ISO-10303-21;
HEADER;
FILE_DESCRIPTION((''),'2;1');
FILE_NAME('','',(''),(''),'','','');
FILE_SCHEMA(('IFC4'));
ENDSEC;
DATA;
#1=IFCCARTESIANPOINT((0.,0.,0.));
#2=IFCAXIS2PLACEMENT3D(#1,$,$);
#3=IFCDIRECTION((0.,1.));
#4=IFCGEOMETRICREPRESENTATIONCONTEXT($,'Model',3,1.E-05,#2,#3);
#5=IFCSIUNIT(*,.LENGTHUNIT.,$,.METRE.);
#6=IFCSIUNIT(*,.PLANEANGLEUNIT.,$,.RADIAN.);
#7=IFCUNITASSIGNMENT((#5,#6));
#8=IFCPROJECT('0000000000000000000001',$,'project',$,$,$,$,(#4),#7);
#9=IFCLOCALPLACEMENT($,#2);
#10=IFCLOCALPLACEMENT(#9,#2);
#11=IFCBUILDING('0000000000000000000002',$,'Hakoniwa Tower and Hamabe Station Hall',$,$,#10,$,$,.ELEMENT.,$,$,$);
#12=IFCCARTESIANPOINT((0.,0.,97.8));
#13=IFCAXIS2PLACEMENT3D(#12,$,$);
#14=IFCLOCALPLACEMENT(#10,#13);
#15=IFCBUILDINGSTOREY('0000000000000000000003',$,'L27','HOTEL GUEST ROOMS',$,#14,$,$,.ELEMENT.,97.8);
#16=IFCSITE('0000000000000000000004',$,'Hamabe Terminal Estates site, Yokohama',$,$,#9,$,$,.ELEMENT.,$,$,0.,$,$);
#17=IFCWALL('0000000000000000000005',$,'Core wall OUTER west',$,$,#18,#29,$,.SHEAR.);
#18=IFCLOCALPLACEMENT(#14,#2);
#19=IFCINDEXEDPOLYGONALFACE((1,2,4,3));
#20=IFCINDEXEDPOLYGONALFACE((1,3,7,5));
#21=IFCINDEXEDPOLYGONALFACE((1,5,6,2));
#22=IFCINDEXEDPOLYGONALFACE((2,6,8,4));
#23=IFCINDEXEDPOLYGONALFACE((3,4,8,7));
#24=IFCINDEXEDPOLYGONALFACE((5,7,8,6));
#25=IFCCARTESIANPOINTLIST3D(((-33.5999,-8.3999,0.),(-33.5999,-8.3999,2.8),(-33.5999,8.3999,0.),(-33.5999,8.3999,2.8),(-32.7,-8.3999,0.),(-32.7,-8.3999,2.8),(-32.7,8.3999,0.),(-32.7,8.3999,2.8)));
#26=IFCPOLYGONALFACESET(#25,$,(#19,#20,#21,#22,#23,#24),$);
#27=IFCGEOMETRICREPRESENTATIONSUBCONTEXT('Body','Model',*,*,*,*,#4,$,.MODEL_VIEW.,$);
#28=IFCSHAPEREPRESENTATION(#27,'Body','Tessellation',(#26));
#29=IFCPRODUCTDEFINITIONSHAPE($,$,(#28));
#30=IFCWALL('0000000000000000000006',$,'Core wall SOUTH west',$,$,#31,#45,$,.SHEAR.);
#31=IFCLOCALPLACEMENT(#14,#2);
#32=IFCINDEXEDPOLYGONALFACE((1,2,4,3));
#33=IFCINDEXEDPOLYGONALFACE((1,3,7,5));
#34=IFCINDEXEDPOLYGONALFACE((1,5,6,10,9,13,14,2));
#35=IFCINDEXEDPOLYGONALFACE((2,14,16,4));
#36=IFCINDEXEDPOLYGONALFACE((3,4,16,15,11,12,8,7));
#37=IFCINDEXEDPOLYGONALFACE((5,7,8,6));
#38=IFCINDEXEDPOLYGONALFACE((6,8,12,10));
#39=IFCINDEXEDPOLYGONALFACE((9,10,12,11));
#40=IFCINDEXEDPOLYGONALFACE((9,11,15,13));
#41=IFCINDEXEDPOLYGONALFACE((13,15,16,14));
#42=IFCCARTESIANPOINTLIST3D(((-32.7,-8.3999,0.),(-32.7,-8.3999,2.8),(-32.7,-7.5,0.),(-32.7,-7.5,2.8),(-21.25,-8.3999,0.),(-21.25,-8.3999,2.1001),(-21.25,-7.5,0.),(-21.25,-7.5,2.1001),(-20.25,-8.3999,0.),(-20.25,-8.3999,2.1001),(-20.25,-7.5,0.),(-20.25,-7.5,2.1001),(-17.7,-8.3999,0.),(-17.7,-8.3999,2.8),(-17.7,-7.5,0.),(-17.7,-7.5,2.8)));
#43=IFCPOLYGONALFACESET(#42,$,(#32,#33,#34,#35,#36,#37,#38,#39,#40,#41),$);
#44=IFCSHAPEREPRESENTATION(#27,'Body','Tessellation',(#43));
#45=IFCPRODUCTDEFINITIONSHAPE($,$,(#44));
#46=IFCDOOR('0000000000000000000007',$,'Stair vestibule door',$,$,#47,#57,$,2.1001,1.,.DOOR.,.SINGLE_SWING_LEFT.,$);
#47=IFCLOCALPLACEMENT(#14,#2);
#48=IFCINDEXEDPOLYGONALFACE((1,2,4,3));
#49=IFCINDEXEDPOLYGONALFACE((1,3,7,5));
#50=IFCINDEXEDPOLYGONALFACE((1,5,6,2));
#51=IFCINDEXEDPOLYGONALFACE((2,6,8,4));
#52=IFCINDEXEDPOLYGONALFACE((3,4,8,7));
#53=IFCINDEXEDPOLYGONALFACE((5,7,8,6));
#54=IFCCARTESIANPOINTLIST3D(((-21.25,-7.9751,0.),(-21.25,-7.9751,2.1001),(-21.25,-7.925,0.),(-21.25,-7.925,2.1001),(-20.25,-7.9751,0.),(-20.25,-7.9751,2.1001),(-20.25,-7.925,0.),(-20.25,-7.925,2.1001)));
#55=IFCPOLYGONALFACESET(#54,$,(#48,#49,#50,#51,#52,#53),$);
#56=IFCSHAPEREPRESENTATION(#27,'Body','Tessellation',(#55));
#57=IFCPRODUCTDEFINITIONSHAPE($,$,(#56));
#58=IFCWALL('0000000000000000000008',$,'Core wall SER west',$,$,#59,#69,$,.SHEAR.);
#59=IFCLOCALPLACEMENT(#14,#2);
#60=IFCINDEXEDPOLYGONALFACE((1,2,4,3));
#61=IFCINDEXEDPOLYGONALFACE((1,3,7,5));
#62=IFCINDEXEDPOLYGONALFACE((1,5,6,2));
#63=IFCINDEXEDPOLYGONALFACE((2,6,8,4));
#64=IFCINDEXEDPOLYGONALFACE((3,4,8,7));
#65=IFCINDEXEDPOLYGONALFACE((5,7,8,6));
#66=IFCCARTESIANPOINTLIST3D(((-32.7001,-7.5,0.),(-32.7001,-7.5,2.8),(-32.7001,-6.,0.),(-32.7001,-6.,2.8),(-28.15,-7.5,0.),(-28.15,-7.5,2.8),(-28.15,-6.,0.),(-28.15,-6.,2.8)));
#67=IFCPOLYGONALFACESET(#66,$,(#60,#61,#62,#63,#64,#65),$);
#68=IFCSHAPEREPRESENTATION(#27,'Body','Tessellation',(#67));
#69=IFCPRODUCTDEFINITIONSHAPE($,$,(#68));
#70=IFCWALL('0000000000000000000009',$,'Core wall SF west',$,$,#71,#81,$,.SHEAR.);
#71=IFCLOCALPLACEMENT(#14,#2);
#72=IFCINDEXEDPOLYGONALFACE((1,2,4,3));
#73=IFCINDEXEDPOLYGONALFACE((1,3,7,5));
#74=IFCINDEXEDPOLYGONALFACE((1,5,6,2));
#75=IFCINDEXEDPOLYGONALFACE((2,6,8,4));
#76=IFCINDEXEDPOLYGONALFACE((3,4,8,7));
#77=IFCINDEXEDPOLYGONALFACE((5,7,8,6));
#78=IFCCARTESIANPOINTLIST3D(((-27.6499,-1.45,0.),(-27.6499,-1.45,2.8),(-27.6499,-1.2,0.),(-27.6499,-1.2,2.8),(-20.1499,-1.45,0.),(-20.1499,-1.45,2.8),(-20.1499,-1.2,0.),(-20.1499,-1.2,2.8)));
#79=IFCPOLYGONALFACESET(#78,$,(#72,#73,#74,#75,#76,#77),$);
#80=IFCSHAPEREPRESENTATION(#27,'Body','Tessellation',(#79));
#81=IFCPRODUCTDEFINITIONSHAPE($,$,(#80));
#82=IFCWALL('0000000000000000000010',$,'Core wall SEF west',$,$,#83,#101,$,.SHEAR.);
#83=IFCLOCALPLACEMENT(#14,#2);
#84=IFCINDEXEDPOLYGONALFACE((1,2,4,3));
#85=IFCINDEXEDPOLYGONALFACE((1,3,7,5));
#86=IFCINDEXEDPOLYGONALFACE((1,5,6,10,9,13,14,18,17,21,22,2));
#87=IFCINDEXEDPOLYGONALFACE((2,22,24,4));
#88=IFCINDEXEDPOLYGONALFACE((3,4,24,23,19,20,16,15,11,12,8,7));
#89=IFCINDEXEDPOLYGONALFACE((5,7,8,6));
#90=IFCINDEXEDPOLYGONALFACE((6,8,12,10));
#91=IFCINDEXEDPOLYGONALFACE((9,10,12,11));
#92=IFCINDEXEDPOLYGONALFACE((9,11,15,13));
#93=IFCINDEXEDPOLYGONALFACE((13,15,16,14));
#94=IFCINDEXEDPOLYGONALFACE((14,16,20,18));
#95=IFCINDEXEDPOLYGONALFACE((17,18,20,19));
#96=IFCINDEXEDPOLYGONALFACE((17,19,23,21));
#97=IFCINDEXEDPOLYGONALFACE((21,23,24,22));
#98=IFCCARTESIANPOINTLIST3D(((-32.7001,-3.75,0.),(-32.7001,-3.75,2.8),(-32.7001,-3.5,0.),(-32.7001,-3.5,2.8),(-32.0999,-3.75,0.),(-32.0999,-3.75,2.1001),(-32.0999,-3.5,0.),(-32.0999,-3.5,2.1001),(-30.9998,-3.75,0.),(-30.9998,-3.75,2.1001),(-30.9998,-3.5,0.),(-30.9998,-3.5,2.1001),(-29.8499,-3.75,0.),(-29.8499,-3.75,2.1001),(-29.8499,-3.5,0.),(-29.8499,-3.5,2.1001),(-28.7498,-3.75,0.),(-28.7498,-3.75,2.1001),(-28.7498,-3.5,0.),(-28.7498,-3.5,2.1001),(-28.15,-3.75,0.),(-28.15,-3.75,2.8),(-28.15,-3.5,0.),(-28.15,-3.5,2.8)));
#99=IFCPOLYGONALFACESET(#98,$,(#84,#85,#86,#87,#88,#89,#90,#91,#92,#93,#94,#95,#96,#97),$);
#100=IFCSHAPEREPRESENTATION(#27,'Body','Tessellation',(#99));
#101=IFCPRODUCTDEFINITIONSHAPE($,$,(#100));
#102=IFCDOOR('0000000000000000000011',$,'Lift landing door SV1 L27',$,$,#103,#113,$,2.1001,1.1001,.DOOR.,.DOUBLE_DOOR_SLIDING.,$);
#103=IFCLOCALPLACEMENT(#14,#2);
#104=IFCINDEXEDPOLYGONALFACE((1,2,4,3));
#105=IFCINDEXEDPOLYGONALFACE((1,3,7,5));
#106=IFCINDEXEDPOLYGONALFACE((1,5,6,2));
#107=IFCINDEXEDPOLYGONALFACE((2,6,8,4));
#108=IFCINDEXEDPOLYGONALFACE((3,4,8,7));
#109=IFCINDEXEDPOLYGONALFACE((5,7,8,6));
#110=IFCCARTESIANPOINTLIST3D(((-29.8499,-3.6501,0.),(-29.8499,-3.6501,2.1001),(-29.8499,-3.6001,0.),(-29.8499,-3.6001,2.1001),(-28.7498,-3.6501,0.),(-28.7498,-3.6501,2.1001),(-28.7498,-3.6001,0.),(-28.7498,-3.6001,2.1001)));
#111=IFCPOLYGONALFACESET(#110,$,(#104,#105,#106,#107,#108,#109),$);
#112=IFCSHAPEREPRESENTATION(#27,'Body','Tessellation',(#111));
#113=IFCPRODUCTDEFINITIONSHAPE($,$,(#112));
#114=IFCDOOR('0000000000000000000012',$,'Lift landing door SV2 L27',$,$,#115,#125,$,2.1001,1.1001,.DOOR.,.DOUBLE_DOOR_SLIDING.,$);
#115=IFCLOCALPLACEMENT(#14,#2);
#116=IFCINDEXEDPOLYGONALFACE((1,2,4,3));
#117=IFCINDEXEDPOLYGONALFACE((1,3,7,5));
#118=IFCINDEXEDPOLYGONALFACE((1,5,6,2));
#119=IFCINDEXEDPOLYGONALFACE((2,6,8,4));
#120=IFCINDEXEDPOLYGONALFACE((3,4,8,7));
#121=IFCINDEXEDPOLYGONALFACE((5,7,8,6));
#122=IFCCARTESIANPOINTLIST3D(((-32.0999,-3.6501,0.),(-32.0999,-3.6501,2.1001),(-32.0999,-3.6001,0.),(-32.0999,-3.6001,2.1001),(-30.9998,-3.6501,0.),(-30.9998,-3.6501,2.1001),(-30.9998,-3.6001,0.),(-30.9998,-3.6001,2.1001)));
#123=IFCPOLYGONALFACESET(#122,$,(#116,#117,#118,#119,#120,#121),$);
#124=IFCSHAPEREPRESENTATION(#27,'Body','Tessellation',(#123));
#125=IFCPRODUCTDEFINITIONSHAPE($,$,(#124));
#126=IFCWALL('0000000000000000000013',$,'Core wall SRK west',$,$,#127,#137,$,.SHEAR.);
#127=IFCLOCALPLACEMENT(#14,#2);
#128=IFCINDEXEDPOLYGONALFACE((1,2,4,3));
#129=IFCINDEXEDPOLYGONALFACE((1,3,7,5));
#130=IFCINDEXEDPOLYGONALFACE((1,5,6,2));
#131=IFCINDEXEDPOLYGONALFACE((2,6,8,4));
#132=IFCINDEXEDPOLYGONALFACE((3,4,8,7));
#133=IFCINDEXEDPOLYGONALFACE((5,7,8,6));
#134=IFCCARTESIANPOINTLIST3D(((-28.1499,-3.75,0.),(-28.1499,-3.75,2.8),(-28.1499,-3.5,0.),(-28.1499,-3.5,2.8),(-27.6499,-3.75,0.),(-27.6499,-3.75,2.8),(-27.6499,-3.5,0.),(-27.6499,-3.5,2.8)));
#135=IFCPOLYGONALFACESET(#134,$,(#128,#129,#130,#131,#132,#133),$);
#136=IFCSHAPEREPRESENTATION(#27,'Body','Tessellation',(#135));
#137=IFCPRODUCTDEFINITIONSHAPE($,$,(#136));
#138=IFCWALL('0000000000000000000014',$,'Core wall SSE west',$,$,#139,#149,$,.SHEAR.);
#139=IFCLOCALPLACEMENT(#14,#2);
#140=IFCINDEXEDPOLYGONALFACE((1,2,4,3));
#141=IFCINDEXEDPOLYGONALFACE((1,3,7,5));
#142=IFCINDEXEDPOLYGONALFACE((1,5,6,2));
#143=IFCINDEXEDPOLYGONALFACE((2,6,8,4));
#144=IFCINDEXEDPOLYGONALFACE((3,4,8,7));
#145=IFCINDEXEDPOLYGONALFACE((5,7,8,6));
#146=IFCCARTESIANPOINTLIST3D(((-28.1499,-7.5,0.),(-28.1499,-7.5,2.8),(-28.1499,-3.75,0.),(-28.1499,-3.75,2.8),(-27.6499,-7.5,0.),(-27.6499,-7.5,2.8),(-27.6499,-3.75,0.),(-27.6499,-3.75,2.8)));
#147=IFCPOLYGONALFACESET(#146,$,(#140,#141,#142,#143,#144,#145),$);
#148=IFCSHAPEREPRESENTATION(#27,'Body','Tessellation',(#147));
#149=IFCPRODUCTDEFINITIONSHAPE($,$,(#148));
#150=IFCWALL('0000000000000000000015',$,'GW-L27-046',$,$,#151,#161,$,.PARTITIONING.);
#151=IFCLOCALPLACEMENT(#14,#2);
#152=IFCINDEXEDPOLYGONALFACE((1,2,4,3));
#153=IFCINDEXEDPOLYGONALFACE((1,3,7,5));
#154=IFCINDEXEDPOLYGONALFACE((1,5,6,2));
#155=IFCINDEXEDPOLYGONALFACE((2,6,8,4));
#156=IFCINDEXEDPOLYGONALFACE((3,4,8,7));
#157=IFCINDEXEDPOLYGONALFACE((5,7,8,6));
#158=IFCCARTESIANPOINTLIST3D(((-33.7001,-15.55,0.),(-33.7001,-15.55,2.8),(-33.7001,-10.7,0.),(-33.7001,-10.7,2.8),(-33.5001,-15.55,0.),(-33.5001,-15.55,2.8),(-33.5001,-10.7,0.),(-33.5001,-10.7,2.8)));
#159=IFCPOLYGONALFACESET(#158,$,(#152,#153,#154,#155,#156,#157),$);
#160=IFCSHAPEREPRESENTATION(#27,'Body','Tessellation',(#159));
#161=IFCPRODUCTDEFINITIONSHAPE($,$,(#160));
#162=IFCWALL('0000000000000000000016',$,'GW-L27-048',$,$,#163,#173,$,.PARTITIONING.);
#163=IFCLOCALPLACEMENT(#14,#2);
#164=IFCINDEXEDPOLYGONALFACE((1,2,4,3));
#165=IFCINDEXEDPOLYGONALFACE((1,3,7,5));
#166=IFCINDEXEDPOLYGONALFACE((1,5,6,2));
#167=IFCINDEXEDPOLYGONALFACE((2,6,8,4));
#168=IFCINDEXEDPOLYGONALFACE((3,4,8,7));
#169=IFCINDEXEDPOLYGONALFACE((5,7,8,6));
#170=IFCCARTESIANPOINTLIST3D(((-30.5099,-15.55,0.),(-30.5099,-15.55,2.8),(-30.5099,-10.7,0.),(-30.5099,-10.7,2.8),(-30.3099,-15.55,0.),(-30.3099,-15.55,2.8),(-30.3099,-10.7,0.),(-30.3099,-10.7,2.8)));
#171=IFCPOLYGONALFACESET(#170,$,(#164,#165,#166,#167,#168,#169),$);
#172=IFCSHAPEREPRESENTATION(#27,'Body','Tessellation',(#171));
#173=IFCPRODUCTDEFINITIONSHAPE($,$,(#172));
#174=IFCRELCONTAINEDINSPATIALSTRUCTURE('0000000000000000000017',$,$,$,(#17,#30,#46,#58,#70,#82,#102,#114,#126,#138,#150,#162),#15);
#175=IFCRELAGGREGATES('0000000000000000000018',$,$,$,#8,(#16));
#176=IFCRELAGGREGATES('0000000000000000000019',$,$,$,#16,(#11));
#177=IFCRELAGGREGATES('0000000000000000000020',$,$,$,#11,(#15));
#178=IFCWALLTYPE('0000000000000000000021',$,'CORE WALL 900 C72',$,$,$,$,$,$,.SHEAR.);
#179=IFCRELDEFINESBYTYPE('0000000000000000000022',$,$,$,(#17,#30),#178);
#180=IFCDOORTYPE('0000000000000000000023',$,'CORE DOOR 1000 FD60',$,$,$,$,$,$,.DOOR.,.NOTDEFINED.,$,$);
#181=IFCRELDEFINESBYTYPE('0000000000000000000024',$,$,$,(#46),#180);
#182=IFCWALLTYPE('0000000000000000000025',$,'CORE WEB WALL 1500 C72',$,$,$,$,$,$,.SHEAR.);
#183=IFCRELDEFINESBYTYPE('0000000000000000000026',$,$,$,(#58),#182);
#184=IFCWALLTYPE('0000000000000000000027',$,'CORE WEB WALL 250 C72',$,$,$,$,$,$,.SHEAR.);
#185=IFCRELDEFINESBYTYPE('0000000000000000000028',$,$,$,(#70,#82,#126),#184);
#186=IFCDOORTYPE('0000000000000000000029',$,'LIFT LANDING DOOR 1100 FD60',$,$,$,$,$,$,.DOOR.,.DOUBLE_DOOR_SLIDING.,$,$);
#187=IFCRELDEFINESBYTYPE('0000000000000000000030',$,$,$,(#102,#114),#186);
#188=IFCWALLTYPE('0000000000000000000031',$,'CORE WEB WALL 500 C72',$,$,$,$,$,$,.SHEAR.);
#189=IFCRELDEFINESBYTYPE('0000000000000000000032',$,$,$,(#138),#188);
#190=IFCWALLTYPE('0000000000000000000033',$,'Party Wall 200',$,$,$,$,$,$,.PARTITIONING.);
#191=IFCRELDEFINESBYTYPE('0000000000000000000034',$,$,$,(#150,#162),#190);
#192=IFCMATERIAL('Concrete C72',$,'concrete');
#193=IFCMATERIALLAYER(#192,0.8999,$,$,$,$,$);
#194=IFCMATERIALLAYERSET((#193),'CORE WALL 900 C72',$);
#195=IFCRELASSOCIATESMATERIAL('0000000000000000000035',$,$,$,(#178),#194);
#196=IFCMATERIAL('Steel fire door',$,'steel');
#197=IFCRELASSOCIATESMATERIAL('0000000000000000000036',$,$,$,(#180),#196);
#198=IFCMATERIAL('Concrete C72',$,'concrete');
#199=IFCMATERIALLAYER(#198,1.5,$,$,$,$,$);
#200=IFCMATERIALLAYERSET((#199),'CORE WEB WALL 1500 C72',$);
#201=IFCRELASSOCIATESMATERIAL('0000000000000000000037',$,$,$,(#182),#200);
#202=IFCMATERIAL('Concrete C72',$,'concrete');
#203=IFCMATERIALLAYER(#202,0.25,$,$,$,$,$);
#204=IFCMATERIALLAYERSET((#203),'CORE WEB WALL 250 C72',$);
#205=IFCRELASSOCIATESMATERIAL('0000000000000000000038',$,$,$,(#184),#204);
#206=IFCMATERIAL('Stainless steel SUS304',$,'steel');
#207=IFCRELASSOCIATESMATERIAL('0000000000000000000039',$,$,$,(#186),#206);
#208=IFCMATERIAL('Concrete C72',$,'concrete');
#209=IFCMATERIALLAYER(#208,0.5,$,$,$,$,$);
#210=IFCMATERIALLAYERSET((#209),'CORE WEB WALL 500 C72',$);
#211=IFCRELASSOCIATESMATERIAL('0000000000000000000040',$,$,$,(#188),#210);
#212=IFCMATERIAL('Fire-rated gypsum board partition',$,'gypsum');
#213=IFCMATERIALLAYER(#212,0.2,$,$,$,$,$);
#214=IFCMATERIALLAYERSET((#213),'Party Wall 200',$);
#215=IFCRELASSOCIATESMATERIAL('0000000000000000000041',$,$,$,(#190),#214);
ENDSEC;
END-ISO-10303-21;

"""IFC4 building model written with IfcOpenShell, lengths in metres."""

from ifc_helpers import new_model, si_unit, direction, frame, frame_2d, origin, place, context, subcontext, project, spatial, rectangle, extrude, material, layer, layer_set, type_object, element, fill, save


model = new_model("IFC4")

# Units and contexts
model_context = context("Model", 3, precision=1e-05, world=origin(), true_north=direction((0.0, 1.0)))
body_context = subcontext(model_context, "Body", "Model", "MODEL_VIEW")
ifc_project = project(units=[si_unit("LENGTHUNIT", "METRE"), si_unit("PLANEANGLEUNIT", "RADIAN")], contexts=[model_context])

# Site, building, storey
site_placement = place(None, origin())
site = spatial("IfcSite", under=ifc_project, at=site_placement, Name="Hamabe Terminal Estates site, Yokohama", CompositionType="ELEMENT", RefElevation=0.0)
building_placement = place(site_placement, origin())
building = spatial("IfcBuilding", under=site, at=building_placement, Name="Hakoniwa Tower and Hamabe Station Hall", CompositionType="ELEMENT")
storey_placement = place(building_placement, frame((0.0, 0.0, 97.8)))
storey = spatial("IfcBuildingStorey", under=building, at=storey_placement, Name="L27", Description="HOTEL GUEST ROOMS", CompositionType="ELEMENT", Elevation=97.8)

# Wall
ifc_material_1 = material(Name="Concrete C72", Category="concrete")
ifc_layer_1 = layer(ifc_material_1, 0.8999)
ifc_layer_set_1 = layer_set([ifc_layer_1], Name="CORE WALL 900 C72")
wall_type_1 = type_object("IfcWallType", Name="CORE WALL 900 C72", PredefinedType="SHEAR", material=ifc_layer_set_1)
wall_1_placement = place(storey_placement, frame((-33.1499, -8.3999, 0.0), z_axis=(0.0, 0.0, 1.0), x_axis=(0.0, 1.0, 0.0)))
element("IfcWall", 1, at=wall_1_placement, inside=storey, type_object=wall_type_1, Name="Core wall OUTER west", PredefinedType="SHEAR", context=body_context, shape_type="SweptSolid", body=[
    extrude(rectangle(XDim=16.7998, YDim=0.8999, at=frame_2d((8.3999, 0.0))), origin(), (0.0, 0.0, 1.0), 2.8),
])

# Wall, opening, door
wall_2_placement = place(storey_placement, frame((-32.7, -7.95, 0.0), z_axis=(0.0, 0.0, 1.0), x_axis=(1.0, 0.0, 0.0)))
wall_2 = element("IfcWall", 2, at=wall_2_placement, inside=storey, type_object=wall_type_1, Name="Core wall SOUTH west", PredefinedType="SHEAR", context=body_context, shape_type="SweptSolid", body=[
    extrude(rectangle(XDim=15.0, YDim=0.8999, at=frame_2d((7.5, 0.0))), origin(), (0.0, 0.0, 1.0), 2.8),
])
opening_1_placement = place(wall_2_placement, frame((11.45, 0.0, 0.0)))
opening_1 = element("IfcOpeningElement", 3, at=opening_1_placement, cuts=wall_2, PredefinedType="OPENING", context=body_context, shape_type="SweptSolid", body=[
    extrude(rectangle(XDim=1.0, YDim=2.1001, at=frame_2d((0.5, 1.05))), frame((0.0, 0.46, 0.0), z_axis=(0.0, -1.0, 0.0), x_axis=(1.0, 0.0, 0.0)), (0.0, 0.0, 1.0), 0.9199),
])
ifc_material_2 = material(Name="Steel fire door", Category="steel")
door_type_1 = type_object("IfcDoorType", Name="CORE DOOR 1000 FD60", OperationType="NOTDEFINED", PredefinedType="DOOR", material=ifc_material_2)
door_1_placement = place(opening_1_placement, origin())
door_1 = element("IfcDoor", 4, at=door_1_placement, inside=storey, type_object=door_type_1, Name="Stair vestibule door", OperationType="SINGLE_SWING_LEFT", OverallHeight=2.1001, OverallWidth=1.0, PredefinedType="DOOR", context=body_context, shape_type="SweptSolid", body=[
    extrude(rectangle(XDim=1.0, YDim=2.1001, at=frame_2d((0.5, 1.05))), frame((0.0, 0.0249, 0.0), z_axis=(0.0, -1.0, 0.0), x_axis=(1.0, 0.0, 0.0)), (0.0, 0.0, 1.0), 0.05),
])
fill(opening_1, door_1)

# Walls
ifc_material_3 = material(Name="Concrete C72", Category="concrete")
ifc_layer_2 = layer(ifc_material_3, 1.5)
ifc_layer_set_2 = layer_set([ifc_layer_2], Name="CORE WEB WALL 1500 C72")
wall_type_2 = type_object("IfcWallType", Name="CORE WEB WALL 1500 C72", PredefinedType="SHEAR", material=ifc_layer_set_2)
wall_3_placement = place(storey_placement, frame((-32.7, -6.75, 0.0), z_axis=(0.0, 0.0, 1.0), x_axis=(1.0, 0.0, 0.0)))
element("IfcWall", 5, at=wall_3_placement, inside=storey, type_object=wall_type_2, Name="Core wall SER west", PredefinedType="SHEAR", context=body_context, shape_type="SweptSolid", body=[
    extrude(rectangle(XDim=4.55, YDim=1.5, at=frame_2d((2.2749, 0.0))), origin(), (0.0, 0.0, 1.0), 2.8),
])
ifc_material_4 = material(Name="Concrete C72", Category="concrete")
ifc_layer_3 = layer(ifc_material_4, 0.25)
ifc_layer_set_3 = layer_set([ifc_layer_3], Name="CORE WEB WALL 250 C72")
wall_type_3 = type_object("IfcWallType", Name="CORE WEB WALL 250 C72", PredefinedType="SHEAR", material=ifc_layer_set_3)
wall_4_placement = place(storey_placement, frame((-27.6499, -1.325, 0.0), z_axis=(0.0, 0.0, 1.0), x_axis=(1.0, 0.0, 0.0)))
element("IfcWall", 6, at=wall_4_placement, inside=storey, type_object=wall_type_3, Name="Core wall SF west", PredefinedType="SHEAR", context=body_context, shape_type="SweptSolid", body=[
    extrude(rectangle(XDim=7.5, YDim=0.25, at=frame_2d((3.75, 0.0))), origin(), (0.0, 0.0, 1.0), 2.8),
])

# Wall, openings, doors
wall_5_placement = place(storey_placement, frame((-32.7, -3.625, 0.0), z_axis=(0.0, 0.0, 1.0), x_axis=(1.0, 0.0, 0.0)))
wall_5 = element("IfcWall", 7, at=wall_5_placement, inside=storey, type_object=wall_type_3, Name="Core wall SEF west", PredefinedType="SHEAR", context=body_context, shape_type="SweptSolid", body=[
    extrude(rectangle(XDim=4.55, YDim=0.25, at=frame_2d((2.2749, 0.0))), origin(), (0.0, 0.0, 1.0), 2.8),
])
opening_2_placement = place(wall_5_placement, frame((2.8501, 0.0, 0.0)))
opening_2 = element("IfcOpeningElement", 8, at=opening_2_placement, cuts=wall_5, PredefinedType="OPENING", context=body_context, shape_type="SweptSolid", body=[
    extrude(rectangle(XDim=1.1001, YDim=2.1001, at=frame_2d((0.55, 1.05))), frame((0.0, 0.135, 0.0), z_axis=(0.0, -1.0, 0.0), x_axis=(1.0, 0.0, 0.0)), (0.0, 0.0, 1.0), 0.27),
])
opening_3_placement = place(wall_5_placement, frame((0.6001, 0.0, 0.0)))
opening_3 = element("IfcOpeningElement", 9, at=opening_3_placement, cuts=wall_5, PredefinedType="OPENING", context=body_context, shape_type="SweptSolid", body=[
    extrude(rectangle(XDim=1.1001, YDim=2.1001, at=frame_2d((0.55, 1.05))), frame((0.0, 0.135, 0.0), z_axis=(0.0, -1.0, 0.0), x_axis=(1.0, 0.0, 0.0)), (0.0, 0.0, 1.0), 0.27),
])
ifc_material_5 = material(Name="Stainless steel SUS304", Category="steel")
door_type_2 = type_object("IfcDoorType", Name="LIFT LANDING DOOR 1100 FD60", OperationType="DOUBLE_DOOR_SLIDING", PredefinedType="DOOR", material=ifc_material_5)
door_2_placement = place(opening_2_placement, origin())
door_2 = element("IfcDoor", 10, at=door_2_placement, inside=storey, type_object=door_type_2, Name="Lift landing door SV1 L27", OperationType="DOUBLE_DOOR_SLIDING", OverallHeight=2.1001, OverallWidth=1.1001, PredefinedType="DOOR", context=body_context, shape_type="SweptSolid", body=[
    extrude(rectangle(XDim=1.1001, YDim=2.1001, at=frame_2d((0.55, 1.05))), frame((0.0, 0.0249, 0.0), z_axis=(0.0, -1.0, 0.0), x_axis=(1.0, 0.0, 0.0)), (0.0, 0.0, 1.0), 0.05),
])
fill(opening_2, door_2)
door_3_placement = place(opening_3_placement, origin())
door_3 = element("IfcDoor", 11, at=door_3_placement, inside=storey, type_object=door_type_2, Name="Lift landing door SV2 L27", OperationType="DOUBLE_DOOR_SLIDING", OverallHeight=2.1001, OverallWidth=1.1001, PredefinedType="DOOR", context=body_context, shape_type="SweptSolid", body=[
    extrude(rectangle(XDim=1.1001, YDim=2.1001, at=frame_2d((0.55, 1.05))), frame((0.0, 0.0249, 0.0), z_axis=(0.0, -1.0, 0.0), x_axis=(1.0, 0.0, 0.0)), (0.0, 0.0, 1.0), 0.05),
])
fill(opening_3, door_3)

# Walls
wall_6_placement = place(storey_placement, frame((-28.1499, -3.625, 0.0), z_axis=(0.0, 0.0, 1.0), x_axis=(1.0, 0.0, 0.0)))
element("IfcWall", 12, at=wall_6_placement, inside=storey, type_object=wall_type_3, Name="Core wall SRK west", PredefinedType="SHEAR", context=body_context, shape_type="SweptSolid", body=[
    extrude(rectangle(XDim=0.5, YDim=0.25, at=frame_2d((0.25, 0.0))), origin(), (0.0, 0.0, 1.0), 2.8),
])
ifc_material_6 = material(Name="Concrete C72", Category="concrete")
ifc_layer_4 = layer(ifc_material_6, 0.5)
ifc_layer_set_4 = layer_set([ifc_layer_4], Name="CORE WEB WALL 500 C72")
wall_type_4 = type_object("IfcWallType", Name="CORE WEB WALL 500 C72", PredefinedType="SHEAR", material=ifc_layer_set_4)
wall_7_placement = place(storey_placement, frame((-27.8999, -7.5, 0.0), z_axis=(0.0, 0.0, 1.0), x_axis=(0.0, 1.0, 0.0)))
element("IfcWall", 13, at=wall_7_placement, inside=storey, type_object=wall_type_4, Name="Core wall SSE west", PredefinedType="SHEAR", context=body_context, shape_type="SweptSolid", body=[
    extrude(rectangle(XDim=3.75, YDim=0.5, at=frame_2d((1.875, 0.0))), origin(), (0.0, 0.0, 1.0), 2.8),
])
ifc_material_7 = material(Name="Fire-rated gypsum board partition", Category="gypsum")
ifc_layer_5 = layer(ifc_material_7, 0.2)
ifc_layer_set_5 = layer_set([ifc_layer_5], Name="Party Wall 200")
wall_type_5 = type_object("IfcWallType", Name="Party Wall 200", PredefinedType="PARTITIONING", material=ifc_layer_set_5)
for number, where, z_axis, x_axis, name in (
    (14, (-33.6001, -15.55, 0.0), (0.0, 0.0, 1.0), (0.0, 1.0, 0.0), "GW-L27-046"),
    (15, (-30.4099, -15.55, 0.0), (0.0, 0.0, 1.0), (0.0, 1.0, 0.0), "GW-L27-048"),
):
    element("IfcWall", number, at=place(storey_placement, frame(where, z_axis=z_axis, x_axis=x_axis)), inside=storey, type_object=wall_type_5, Name=name, PredefinedType="PARTITIONING", context=body_context, shape_type="SweptSolid", body=[
        extrude(rectangle(XDim=4.8501, YDim=0.2, at=frame_2d((2.425, 0.0))), origin(), (0.0, 0.0, 1.0), 2.8),
    ])

save(model, "model.ifc")
